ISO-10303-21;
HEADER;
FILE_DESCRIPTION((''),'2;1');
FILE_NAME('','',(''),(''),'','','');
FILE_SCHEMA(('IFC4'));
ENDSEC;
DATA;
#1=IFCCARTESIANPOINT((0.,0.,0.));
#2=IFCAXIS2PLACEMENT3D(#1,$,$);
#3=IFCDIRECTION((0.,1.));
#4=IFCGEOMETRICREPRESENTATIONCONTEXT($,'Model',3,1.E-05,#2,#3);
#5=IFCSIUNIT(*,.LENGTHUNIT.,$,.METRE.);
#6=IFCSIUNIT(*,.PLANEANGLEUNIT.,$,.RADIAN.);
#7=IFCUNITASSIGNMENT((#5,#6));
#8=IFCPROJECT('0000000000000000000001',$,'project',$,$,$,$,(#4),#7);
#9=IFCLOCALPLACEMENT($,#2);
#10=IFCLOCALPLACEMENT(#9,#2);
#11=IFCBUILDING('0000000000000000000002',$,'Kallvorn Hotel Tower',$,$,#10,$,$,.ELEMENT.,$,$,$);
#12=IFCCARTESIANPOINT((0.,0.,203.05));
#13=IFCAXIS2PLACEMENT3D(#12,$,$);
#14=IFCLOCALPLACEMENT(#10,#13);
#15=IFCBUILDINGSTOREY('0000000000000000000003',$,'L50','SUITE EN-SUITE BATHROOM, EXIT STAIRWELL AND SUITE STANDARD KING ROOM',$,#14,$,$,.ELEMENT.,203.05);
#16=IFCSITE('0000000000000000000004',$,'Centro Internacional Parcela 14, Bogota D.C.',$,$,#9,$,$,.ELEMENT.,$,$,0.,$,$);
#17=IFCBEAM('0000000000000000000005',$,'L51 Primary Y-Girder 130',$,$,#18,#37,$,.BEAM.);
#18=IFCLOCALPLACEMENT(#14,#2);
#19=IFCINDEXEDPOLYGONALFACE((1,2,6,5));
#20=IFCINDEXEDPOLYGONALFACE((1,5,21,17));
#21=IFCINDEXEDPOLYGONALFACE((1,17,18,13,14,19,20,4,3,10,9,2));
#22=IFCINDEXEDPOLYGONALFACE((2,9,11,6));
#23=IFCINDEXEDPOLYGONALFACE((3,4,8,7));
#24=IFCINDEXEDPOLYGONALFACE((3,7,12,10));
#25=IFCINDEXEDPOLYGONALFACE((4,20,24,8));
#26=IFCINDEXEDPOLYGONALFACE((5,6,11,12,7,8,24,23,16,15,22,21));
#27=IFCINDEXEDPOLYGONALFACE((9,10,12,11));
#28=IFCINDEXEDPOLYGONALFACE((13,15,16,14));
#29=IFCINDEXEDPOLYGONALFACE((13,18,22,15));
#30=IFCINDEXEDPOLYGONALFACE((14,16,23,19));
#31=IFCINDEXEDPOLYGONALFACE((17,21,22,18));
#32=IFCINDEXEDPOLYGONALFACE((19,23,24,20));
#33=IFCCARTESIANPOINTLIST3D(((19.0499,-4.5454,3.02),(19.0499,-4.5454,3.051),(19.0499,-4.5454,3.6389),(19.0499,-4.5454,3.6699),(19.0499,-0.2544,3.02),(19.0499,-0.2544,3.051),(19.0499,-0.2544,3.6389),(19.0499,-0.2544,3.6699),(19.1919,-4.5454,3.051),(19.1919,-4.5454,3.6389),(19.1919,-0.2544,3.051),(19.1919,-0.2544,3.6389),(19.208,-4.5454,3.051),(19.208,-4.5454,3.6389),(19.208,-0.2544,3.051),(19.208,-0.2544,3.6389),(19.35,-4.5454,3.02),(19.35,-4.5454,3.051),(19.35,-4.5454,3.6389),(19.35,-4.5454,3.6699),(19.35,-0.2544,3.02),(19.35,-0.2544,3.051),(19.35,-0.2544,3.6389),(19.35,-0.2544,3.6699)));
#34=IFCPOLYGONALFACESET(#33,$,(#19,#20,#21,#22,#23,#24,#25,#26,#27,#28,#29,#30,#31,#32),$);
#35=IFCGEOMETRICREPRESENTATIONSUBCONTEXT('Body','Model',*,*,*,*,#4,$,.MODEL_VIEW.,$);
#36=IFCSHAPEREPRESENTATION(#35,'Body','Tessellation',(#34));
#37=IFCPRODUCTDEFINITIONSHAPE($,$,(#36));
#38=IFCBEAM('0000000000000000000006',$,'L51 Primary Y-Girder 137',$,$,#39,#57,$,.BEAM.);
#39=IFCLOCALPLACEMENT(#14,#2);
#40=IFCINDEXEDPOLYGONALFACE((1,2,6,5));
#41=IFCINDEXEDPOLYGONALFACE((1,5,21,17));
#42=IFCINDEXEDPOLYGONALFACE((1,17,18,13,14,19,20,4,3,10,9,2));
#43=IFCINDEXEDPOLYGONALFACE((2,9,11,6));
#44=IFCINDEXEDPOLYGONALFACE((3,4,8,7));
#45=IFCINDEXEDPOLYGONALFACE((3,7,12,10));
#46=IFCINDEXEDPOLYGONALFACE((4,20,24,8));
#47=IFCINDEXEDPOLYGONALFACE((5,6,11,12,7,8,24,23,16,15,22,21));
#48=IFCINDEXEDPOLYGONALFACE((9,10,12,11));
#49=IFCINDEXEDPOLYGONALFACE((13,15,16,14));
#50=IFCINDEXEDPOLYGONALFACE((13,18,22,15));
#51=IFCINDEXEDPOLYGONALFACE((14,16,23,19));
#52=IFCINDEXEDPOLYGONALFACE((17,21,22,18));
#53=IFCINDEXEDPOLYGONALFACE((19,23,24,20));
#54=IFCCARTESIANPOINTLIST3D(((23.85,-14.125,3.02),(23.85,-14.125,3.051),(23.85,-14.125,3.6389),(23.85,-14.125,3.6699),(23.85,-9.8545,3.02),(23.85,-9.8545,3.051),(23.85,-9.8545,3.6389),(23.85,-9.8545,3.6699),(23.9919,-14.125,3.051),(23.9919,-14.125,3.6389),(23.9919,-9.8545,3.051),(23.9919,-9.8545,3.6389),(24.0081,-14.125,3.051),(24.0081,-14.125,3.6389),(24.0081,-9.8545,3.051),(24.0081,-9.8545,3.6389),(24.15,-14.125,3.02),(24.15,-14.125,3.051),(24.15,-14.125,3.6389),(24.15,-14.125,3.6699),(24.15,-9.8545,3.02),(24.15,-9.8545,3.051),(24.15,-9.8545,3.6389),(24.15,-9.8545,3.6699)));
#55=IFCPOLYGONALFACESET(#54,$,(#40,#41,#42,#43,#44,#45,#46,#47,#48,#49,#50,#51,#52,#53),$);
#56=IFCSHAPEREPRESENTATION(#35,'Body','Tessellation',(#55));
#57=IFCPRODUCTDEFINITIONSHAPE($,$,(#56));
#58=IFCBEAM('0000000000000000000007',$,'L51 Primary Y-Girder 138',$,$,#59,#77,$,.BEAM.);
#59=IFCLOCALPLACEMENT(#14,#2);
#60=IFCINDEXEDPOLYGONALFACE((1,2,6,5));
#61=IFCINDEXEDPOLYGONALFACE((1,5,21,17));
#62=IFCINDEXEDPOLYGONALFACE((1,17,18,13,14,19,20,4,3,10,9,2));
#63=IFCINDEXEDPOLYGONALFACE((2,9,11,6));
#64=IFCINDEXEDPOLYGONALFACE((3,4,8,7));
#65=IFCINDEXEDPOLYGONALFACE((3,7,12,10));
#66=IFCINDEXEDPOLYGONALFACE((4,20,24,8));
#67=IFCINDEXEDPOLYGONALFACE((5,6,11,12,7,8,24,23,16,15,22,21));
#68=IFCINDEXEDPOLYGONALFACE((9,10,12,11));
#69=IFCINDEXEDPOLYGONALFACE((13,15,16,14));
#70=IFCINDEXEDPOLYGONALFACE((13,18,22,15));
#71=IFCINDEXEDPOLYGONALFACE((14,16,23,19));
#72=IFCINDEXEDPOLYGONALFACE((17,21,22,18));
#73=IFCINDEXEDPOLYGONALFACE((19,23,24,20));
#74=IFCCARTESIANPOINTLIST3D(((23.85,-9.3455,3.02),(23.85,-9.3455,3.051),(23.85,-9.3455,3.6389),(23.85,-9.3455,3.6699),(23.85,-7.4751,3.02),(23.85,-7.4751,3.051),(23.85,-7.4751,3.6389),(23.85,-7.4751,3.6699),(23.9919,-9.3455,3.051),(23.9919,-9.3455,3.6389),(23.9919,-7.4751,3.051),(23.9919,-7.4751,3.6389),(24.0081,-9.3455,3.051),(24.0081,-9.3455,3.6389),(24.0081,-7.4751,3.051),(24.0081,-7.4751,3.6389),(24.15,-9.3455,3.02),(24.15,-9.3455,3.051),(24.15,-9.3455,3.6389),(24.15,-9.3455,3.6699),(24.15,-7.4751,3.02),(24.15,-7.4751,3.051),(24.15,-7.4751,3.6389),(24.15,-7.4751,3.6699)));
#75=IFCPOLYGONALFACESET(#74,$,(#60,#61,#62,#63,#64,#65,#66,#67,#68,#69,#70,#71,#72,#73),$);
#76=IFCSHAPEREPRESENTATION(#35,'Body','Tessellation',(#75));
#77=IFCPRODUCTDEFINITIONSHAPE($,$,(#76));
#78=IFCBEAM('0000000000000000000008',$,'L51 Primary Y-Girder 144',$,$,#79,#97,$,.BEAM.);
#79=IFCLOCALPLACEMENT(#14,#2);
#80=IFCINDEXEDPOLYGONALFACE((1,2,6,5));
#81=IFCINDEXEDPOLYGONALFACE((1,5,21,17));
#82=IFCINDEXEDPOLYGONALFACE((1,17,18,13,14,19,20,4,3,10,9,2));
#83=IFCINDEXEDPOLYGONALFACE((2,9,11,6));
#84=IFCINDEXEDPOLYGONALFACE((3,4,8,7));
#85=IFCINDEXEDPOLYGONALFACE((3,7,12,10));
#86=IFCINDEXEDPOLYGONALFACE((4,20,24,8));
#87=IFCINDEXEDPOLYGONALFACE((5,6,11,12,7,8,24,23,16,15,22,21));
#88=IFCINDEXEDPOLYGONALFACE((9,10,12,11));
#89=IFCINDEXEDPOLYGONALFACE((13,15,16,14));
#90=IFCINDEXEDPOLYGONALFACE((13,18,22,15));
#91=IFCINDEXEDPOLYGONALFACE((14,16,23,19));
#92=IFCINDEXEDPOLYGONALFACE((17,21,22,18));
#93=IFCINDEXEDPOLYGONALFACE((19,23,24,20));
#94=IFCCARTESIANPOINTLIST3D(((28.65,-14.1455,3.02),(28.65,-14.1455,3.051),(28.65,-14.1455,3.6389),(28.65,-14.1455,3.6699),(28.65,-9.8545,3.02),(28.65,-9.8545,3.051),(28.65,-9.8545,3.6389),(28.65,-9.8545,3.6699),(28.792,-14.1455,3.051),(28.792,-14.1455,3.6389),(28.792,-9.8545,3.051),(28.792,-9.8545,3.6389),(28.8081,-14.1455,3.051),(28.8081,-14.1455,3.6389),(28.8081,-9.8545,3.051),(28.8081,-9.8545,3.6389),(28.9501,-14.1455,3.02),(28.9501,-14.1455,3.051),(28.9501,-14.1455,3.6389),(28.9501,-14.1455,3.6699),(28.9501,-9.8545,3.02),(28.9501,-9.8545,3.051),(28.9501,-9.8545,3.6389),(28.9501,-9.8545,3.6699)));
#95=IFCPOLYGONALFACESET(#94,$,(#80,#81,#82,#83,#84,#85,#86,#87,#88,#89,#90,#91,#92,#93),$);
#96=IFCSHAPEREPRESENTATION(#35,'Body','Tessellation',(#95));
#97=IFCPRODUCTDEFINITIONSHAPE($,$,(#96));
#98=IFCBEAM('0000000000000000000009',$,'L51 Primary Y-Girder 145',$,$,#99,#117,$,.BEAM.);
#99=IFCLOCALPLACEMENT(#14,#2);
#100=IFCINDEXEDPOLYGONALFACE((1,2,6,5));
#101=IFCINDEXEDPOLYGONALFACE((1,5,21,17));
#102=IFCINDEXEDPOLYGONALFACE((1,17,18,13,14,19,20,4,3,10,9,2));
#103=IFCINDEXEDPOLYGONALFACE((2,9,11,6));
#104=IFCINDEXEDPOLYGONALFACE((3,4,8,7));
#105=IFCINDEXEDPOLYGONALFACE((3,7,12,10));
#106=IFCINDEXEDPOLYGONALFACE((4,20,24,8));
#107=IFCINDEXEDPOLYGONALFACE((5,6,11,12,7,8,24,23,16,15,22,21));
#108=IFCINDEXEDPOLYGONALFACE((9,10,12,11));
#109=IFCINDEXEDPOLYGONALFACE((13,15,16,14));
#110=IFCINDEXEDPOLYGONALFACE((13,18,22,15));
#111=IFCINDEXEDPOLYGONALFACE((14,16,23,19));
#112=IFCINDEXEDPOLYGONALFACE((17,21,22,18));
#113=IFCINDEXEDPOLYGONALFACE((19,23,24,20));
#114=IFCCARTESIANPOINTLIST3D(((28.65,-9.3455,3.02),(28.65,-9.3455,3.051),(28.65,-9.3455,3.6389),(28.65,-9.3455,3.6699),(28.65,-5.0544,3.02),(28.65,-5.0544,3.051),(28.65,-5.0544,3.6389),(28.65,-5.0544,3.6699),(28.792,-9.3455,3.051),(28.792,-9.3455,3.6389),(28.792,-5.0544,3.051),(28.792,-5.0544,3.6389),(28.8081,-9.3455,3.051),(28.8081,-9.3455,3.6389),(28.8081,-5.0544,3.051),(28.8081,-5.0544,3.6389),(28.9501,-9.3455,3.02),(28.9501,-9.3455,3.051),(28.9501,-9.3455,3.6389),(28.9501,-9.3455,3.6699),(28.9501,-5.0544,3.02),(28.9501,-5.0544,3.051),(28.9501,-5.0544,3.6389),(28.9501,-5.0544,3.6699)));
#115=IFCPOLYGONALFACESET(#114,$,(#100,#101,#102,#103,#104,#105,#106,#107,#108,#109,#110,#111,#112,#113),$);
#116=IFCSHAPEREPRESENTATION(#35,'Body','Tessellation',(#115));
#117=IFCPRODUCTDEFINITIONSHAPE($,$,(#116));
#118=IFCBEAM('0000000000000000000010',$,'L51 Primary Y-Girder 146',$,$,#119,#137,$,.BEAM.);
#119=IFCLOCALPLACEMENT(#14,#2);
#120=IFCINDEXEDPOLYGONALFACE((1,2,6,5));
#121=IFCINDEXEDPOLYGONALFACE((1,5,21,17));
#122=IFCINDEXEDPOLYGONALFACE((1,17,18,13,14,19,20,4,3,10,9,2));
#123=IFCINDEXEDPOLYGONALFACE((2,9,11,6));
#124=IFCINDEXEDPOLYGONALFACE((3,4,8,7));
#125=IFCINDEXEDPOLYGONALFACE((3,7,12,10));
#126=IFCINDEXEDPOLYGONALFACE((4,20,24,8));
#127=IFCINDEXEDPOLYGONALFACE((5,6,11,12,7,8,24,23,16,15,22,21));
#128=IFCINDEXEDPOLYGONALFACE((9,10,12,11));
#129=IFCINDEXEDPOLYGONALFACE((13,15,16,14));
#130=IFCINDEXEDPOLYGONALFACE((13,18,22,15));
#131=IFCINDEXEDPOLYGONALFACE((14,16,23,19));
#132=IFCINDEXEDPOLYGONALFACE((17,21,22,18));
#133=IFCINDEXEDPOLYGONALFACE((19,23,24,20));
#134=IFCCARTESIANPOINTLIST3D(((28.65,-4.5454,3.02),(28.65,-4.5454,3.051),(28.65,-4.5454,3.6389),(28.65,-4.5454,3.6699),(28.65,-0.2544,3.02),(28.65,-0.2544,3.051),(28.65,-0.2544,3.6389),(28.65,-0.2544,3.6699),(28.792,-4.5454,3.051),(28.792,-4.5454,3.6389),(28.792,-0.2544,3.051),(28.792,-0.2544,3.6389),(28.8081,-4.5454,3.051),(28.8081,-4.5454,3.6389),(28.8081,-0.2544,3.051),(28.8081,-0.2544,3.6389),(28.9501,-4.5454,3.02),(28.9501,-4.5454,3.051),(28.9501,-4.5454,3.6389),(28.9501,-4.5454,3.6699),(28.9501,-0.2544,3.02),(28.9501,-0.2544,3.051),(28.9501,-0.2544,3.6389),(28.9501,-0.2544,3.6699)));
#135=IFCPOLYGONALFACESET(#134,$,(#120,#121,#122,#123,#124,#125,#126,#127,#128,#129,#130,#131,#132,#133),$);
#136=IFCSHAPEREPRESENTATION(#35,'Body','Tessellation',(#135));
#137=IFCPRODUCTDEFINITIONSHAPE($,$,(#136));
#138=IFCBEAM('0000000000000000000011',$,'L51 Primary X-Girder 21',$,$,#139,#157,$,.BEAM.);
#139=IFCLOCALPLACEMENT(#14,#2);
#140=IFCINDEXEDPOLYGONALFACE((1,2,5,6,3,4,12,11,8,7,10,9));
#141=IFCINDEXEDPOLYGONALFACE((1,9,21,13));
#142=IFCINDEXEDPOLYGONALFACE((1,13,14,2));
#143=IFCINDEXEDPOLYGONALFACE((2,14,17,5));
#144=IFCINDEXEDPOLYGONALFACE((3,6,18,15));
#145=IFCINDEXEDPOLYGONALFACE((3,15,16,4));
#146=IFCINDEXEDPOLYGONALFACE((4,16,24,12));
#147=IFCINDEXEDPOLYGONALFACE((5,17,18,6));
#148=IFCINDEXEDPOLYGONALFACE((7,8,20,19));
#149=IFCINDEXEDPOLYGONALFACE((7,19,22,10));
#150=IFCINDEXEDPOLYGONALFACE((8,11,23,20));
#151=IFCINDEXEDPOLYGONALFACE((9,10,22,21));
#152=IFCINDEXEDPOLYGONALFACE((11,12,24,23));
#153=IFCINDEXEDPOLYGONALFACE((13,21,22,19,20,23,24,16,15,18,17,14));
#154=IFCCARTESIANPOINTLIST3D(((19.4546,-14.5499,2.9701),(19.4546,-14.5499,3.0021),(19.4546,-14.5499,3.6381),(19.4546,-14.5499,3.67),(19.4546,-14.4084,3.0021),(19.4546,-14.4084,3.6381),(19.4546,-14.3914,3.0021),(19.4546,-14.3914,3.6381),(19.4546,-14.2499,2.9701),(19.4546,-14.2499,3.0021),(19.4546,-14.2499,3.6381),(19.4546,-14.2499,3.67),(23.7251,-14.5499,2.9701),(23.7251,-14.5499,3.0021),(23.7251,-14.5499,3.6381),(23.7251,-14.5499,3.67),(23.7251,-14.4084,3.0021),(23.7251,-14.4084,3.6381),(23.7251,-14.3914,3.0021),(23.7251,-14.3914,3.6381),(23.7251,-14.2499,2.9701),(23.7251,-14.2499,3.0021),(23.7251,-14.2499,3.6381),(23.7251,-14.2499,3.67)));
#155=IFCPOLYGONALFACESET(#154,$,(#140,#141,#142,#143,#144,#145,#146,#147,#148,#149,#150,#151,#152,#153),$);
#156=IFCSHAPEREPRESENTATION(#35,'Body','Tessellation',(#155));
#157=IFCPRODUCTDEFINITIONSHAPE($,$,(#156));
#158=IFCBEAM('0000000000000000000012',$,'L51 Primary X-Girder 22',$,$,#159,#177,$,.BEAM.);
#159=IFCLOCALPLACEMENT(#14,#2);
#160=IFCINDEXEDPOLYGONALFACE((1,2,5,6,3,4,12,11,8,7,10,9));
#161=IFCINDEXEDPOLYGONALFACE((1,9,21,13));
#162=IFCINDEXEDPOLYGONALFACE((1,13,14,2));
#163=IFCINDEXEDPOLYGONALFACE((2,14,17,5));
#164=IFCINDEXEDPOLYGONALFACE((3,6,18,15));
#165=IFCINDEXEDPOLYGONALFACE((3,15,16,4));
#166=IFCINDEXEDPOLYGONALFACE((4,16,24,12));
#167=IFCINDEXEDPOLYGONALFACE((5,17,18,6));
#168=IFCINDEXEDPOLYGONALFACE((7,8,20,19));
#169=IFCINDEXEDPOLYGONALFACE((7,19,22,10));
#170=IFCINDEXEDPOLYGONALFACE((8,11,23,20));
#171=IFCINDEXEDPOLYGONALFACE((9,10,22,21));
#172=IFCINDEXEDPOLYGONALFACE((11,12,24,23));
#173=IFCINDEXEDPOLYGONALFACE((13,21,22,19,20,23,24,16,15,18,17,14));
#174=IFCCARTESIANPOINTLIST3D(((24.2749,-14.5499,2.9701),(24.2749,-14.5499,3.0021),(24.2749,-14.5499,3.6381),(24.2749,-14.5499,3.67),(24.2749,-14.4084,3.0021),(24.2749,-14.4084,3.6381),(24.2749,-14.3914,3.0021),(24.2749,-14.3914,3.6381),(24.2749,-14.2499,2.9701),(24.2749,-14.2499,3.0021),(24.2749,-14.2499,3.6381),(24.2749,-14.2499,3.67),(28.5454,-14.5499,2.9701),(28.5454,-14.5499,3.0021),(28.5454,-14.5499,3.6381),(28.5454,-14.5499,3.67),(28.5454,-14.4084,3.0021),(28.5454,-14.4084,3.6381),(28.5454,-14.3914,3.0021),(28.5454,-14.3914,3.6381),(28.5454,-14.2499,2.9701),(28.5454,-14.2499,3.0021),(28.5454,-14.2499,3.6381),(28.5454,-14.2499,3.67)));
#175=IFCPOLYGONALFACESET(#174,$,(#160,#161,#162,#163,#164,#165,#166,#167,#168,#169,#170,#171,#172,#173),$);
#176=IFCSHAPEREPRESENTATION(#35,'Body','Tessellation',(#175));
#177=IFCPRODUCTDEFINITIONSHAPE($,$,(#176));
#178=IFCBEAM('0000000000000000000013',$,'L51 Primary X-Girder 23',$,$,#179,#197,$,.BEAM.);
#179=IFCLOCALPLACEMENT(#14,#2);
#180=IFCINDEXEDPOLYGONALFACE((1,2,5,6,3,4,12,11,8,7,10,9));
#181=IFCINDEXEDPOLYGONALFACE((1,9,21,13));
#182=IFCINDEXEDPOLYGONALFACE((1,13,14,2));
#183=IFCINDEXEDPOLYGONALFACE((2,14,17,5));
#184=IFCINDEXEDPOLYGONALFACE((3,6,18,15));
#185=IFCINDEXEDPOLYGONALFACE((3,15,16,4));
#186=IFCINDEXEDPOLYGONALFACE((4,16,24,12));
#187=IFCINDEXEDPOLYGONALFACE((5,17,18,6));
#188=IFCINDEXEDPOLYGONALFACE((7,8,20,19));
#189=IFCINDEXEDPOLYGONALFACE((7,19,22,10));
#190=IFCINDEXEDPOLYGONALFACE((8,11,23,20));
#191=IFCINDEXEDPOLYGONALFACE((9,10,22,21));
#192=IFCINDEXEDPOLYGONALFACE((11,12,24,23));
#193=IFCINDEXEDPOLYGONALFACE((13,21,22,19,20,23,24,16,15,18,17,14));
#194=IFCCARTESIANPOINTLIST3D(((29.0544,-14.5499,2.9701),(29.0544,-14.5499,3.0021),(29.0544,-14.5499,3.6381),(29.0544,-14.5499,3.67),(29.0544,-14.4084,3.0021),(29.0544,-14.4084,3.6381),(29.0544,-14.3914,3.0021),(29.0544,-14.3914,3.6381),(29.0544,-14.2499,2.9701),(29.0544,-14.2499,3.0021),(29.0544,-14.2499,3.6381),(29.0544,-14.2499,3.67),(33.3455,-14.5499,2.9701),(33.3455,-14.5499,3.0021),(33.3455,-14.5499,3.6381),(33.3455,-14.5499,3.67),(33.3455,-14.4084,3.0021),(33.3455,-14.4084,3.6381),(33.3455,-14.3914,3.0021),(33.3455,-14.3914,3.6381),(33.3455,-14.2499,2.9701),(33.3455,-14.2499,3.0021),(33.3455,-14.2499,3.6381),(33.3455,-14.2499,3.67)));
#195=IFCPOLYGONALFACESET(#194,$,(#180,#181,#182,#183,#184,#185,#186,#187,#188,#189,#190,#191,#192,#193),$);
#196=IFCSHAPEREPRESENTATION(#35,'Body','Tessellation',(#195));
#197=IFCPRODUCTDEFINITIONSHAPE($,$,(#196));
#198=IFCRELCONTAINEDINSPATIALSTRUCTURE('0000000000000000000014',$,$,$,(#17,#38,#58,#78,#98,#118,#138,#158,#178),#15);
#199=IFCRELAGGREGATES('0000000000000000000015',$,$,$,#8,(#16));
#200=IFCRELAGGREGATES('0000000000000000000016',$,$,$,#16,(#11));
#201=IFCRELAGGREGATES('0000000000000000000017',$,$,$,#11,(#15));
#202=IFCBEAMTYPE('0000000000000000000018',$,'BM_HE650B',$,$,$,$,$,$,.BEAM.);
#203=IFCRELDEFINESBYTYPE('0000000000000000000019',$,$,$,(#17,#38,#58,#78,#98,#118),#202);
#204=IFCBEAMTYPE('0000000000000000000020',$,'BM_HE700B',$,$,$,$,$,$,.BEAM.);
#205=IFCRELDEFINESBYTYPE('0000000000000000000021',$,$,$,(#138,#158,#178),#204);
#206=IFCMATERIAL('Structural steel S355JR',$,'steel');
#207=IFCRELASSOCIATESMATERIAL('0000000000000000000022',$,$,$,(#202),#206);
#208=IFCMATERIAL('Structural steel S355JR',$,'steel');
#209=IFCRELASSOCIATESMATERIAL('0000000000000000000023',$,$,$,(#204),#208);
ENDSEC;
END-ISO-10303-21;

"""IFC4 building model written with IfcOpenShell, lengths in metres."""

from ifc_helpers import new_model, si_unit, direction, frame, origin, origin_2d, place, context, subcontext, project, spatial, i_section, extrude, material, material_profile, profile_set, type_object, element, save


model = new_model("IFC4")

# Units and contexts
model_context = context("Model", 3, precision=1e-05, world=origin(), true_north=direction((0.0, 1.0)))
body_context = subcontext(model_context, "Body", "Model", "MODEL_VIEW")
ifc_project = project(units=[si_unit("LENGTHUNIT", "METRE"), si_unit("PLANEANGLEUNIT", "RADIAN")], contexts=[model_context])

# Site, building, storey
site_placement = place(None, origin())
site = spatial("IfcSite", under=ifc_project, at=site_placement, Name="Centro Internacional Parcela 14, Bogota D.C.", CompositionType="ELEMENT", RefElevation=0.0)
building_placement = place(site_placement, origin())
building = spatial("IfcBuilding", under=site, at=building_placement, Name="Kallvorn Hotel Tower", CompositionType="ELEMENT")
storey_placement = place(building_placement, frame((0.0, 0.0, 203.05)))
storey = spatial("IfcBuildingStorey", under=building, at=storey_placement, Name="L50", Description="SUITE EN-SUITE BATHROOM, EXIT STAIRWELL AND SUITE STANDARD KING ROOM", CompositionType="ELEMENT", Elevation=203.05)

# Beams
ifc_material_1 = material(Name="Structural steel S355JR", Category="steel")
ifc_material_profile_1 = material_profile(ifc_material_1, i_section(OverallWidth=0.3, OverallDepth=0.6499, WebThickness=0.0161, FlangeThickness=0.031, at=origin_2d()), Name="HE 650 B")
ifc_profile_set_1 = profile_set([ifc_material_profile_1], Name="Structural steel S355JR")
beam_type_1 = type_object("IfcBeamType", Name="BM_HE650B", PredefinedType="BEAM", material=ifc_profile_set_1)
for number, where, z_axis, x_axis, name in (
    (1, (19.2, -4.5454, 3.345), (0.0, 1.0, 0.0), (-1.0, 0.0, 0.0), "L51 Primary Y-Girder 130"),
):
    element("IfcBeam", number, at=place(storey_placement, frame(where, z_axis=z_axis, x_axis=x_axis)), inside=storey, type_object=beam_type_1, Name=name, PredefinedType="BEAM", context=body_context, shape_type="SweptSolid", body=[
        extrude(i_section(OverallWidth=0.3, OverallDepth=0.6499, WebThickness=0.0161, FlangeThickness=0.031, at=origin_2d()), origin(), (0.0, 0.0, 1.0), 4.291),
    ])
beam_1_placement = place(storey_placement, frame((24.0, -14.125, 3.345), z_axis=(0.0, 1.0, 0.0), x_axis=(-1.0, 0.0, 0.0)))
element("IfcBeam", 2, at=beam_1_placement, inside=storey, type_object=beam_type_1, Name="L51 Primary Y-Girder 137", PredefinedType="BEAM", context=body_context, shape_type="SweptSolid", body=[
    extrude(i_section(OverallWidth=0.3, OverallDepth=0.6499, WebThickness=0.0161, FlangeThickness=0.031, at=origin_2d()), origin(), (0.0, 0.0, 1.0), 4.2705),
])
beam_2_placement = place(storey_placement, frame((24.0, -9.3455, 3.345), z_axis=(0.0, 1.0, 0.0), x_axis=(-1.0, 0.0, 0.0)))
element("IfcBeam", 3, at=beam_2_placement, inside=storey, type_object=beam_type_1, Name="L51 Primary Y-Girder 138", PredefinedType="BEAM", context=body_context, shape_type="SweptSolid", body=[
    extrude(i_section(OverallWidth=0.3, OverallDepth=0.6499, WebThickness=0.0161, FlangeThickness=0.031, at=origin_2d()), origin(), (0.0, 0.0, 1.0), 1.8704),
])
for number, where, z_axis, x_axis, name in (
    (4, (28.8, -14.1455, 3.345), (0.0, 1.0, 0.0), (-1.0, 0.0, 0.0), "L51 Primary Y-Girder 144"),
    (5, (28.8, -9.3455, 3.345), (0.0, 1.0, 0.0), (-1.0, 0.0, 0.0), "L51 Primary Y-Girder 145"),
    (6, (28.8, -4.5454, 3.345), (0.0, 1.0, 0.0), (-1.0, 0.0, 0.0), "L51 Primary Y-Girder 146"),
):
    element("IfcBeam", number, at=place(storey_placement, frame(where, z_axis=z_axis, x_axis=x_axis)), inside=storey, type_object=beam_type_1, Name=name, PredefinedType="BEAM", context=body_context, shape_type="SweptSolid", body=[
        extrude(i_section(OverallWidth=0.3, OverallDepth=0.6499, WebThickness=0.0161, FlangeThickness=0.031, at=origin_2d()), origin(), (0.0, 0.0, 1.0), 4.291),
    ])
ifc_material_2 = material(Name="Structural steel S355JR", Category="steel")
ifc_material_profile_2 = material_profile(ifc_material_2, i_section(OverallWidth=0.3, OverallDepth=0.7, WebThickness=0.0171, FlangeThickness=0.032, at=origin_2d()), Name="HE 700 B")
ifc_profile_set_2 = profile_set([ifc_material_profile_2], Name="Structural steel S355JR")
beam_type_2 = type_object("IfcBeamType", Name="BM_HE700B", PredefinedType="BEAM", material=ifc_profile_set_2)
for number, where, z_axis, x_axis, name in (
    (7, (19.4546, -14.3999, 3.3201), (1.0, 0.0, 0.0), (0.0, 1.0, 0.0), "L51 Primary X-Girder 21"),
    (8, (24.2749, -14.3999, 3.3201), (1.0, 0.0, 0.0), (0.0, 1.0, 0.0), "L51 Primary X-Girder 22"),
):
    element("IfcBeam", number, at=place(storey_placement, frame(where, z_axis=z_axis, x_axis=x_axis)), inside=storey, type_object=beam_type_2, Name=name, PredefinedType="BEAM", context=body_context, shape_type="SweptSolid", body=[
        extrude(i_section(OverallWidth=0.3, OverallDepth=0.7, WebThickness=0.0171, FlangeThickness=0.032, at=origin_2d()), origin(), (0.0, 0.0, 1.0), 4.2705),
    ])
for number, where, z_axis, x_axis, name in (
    (9, (29.0544, -14.3999, 3.3201), (1.0, 0.0, 0.0), (0.0, 1.0, 0.0), "L51 Primary X-Girder 23"),
):
    element("IfcBeam", number, at=place(storey_placement, frame(where, z_axis=z_axis, x_axis=x_axis)), inside=storey, type_object=beam_type_2, Name=name, PredefinedType="BEAM", context=body_context, shape_type="SweptSolid", body=[
        extrude(i_section(OverallWidth=0.3, OverallDepth=0.7, WebThickness=0.0171, FlangeThickness=0.032, at=origin_2d()), origin(), (0.0, 0.0, 1.0), 4.291),
    ])

save(model, "model.ifc")
